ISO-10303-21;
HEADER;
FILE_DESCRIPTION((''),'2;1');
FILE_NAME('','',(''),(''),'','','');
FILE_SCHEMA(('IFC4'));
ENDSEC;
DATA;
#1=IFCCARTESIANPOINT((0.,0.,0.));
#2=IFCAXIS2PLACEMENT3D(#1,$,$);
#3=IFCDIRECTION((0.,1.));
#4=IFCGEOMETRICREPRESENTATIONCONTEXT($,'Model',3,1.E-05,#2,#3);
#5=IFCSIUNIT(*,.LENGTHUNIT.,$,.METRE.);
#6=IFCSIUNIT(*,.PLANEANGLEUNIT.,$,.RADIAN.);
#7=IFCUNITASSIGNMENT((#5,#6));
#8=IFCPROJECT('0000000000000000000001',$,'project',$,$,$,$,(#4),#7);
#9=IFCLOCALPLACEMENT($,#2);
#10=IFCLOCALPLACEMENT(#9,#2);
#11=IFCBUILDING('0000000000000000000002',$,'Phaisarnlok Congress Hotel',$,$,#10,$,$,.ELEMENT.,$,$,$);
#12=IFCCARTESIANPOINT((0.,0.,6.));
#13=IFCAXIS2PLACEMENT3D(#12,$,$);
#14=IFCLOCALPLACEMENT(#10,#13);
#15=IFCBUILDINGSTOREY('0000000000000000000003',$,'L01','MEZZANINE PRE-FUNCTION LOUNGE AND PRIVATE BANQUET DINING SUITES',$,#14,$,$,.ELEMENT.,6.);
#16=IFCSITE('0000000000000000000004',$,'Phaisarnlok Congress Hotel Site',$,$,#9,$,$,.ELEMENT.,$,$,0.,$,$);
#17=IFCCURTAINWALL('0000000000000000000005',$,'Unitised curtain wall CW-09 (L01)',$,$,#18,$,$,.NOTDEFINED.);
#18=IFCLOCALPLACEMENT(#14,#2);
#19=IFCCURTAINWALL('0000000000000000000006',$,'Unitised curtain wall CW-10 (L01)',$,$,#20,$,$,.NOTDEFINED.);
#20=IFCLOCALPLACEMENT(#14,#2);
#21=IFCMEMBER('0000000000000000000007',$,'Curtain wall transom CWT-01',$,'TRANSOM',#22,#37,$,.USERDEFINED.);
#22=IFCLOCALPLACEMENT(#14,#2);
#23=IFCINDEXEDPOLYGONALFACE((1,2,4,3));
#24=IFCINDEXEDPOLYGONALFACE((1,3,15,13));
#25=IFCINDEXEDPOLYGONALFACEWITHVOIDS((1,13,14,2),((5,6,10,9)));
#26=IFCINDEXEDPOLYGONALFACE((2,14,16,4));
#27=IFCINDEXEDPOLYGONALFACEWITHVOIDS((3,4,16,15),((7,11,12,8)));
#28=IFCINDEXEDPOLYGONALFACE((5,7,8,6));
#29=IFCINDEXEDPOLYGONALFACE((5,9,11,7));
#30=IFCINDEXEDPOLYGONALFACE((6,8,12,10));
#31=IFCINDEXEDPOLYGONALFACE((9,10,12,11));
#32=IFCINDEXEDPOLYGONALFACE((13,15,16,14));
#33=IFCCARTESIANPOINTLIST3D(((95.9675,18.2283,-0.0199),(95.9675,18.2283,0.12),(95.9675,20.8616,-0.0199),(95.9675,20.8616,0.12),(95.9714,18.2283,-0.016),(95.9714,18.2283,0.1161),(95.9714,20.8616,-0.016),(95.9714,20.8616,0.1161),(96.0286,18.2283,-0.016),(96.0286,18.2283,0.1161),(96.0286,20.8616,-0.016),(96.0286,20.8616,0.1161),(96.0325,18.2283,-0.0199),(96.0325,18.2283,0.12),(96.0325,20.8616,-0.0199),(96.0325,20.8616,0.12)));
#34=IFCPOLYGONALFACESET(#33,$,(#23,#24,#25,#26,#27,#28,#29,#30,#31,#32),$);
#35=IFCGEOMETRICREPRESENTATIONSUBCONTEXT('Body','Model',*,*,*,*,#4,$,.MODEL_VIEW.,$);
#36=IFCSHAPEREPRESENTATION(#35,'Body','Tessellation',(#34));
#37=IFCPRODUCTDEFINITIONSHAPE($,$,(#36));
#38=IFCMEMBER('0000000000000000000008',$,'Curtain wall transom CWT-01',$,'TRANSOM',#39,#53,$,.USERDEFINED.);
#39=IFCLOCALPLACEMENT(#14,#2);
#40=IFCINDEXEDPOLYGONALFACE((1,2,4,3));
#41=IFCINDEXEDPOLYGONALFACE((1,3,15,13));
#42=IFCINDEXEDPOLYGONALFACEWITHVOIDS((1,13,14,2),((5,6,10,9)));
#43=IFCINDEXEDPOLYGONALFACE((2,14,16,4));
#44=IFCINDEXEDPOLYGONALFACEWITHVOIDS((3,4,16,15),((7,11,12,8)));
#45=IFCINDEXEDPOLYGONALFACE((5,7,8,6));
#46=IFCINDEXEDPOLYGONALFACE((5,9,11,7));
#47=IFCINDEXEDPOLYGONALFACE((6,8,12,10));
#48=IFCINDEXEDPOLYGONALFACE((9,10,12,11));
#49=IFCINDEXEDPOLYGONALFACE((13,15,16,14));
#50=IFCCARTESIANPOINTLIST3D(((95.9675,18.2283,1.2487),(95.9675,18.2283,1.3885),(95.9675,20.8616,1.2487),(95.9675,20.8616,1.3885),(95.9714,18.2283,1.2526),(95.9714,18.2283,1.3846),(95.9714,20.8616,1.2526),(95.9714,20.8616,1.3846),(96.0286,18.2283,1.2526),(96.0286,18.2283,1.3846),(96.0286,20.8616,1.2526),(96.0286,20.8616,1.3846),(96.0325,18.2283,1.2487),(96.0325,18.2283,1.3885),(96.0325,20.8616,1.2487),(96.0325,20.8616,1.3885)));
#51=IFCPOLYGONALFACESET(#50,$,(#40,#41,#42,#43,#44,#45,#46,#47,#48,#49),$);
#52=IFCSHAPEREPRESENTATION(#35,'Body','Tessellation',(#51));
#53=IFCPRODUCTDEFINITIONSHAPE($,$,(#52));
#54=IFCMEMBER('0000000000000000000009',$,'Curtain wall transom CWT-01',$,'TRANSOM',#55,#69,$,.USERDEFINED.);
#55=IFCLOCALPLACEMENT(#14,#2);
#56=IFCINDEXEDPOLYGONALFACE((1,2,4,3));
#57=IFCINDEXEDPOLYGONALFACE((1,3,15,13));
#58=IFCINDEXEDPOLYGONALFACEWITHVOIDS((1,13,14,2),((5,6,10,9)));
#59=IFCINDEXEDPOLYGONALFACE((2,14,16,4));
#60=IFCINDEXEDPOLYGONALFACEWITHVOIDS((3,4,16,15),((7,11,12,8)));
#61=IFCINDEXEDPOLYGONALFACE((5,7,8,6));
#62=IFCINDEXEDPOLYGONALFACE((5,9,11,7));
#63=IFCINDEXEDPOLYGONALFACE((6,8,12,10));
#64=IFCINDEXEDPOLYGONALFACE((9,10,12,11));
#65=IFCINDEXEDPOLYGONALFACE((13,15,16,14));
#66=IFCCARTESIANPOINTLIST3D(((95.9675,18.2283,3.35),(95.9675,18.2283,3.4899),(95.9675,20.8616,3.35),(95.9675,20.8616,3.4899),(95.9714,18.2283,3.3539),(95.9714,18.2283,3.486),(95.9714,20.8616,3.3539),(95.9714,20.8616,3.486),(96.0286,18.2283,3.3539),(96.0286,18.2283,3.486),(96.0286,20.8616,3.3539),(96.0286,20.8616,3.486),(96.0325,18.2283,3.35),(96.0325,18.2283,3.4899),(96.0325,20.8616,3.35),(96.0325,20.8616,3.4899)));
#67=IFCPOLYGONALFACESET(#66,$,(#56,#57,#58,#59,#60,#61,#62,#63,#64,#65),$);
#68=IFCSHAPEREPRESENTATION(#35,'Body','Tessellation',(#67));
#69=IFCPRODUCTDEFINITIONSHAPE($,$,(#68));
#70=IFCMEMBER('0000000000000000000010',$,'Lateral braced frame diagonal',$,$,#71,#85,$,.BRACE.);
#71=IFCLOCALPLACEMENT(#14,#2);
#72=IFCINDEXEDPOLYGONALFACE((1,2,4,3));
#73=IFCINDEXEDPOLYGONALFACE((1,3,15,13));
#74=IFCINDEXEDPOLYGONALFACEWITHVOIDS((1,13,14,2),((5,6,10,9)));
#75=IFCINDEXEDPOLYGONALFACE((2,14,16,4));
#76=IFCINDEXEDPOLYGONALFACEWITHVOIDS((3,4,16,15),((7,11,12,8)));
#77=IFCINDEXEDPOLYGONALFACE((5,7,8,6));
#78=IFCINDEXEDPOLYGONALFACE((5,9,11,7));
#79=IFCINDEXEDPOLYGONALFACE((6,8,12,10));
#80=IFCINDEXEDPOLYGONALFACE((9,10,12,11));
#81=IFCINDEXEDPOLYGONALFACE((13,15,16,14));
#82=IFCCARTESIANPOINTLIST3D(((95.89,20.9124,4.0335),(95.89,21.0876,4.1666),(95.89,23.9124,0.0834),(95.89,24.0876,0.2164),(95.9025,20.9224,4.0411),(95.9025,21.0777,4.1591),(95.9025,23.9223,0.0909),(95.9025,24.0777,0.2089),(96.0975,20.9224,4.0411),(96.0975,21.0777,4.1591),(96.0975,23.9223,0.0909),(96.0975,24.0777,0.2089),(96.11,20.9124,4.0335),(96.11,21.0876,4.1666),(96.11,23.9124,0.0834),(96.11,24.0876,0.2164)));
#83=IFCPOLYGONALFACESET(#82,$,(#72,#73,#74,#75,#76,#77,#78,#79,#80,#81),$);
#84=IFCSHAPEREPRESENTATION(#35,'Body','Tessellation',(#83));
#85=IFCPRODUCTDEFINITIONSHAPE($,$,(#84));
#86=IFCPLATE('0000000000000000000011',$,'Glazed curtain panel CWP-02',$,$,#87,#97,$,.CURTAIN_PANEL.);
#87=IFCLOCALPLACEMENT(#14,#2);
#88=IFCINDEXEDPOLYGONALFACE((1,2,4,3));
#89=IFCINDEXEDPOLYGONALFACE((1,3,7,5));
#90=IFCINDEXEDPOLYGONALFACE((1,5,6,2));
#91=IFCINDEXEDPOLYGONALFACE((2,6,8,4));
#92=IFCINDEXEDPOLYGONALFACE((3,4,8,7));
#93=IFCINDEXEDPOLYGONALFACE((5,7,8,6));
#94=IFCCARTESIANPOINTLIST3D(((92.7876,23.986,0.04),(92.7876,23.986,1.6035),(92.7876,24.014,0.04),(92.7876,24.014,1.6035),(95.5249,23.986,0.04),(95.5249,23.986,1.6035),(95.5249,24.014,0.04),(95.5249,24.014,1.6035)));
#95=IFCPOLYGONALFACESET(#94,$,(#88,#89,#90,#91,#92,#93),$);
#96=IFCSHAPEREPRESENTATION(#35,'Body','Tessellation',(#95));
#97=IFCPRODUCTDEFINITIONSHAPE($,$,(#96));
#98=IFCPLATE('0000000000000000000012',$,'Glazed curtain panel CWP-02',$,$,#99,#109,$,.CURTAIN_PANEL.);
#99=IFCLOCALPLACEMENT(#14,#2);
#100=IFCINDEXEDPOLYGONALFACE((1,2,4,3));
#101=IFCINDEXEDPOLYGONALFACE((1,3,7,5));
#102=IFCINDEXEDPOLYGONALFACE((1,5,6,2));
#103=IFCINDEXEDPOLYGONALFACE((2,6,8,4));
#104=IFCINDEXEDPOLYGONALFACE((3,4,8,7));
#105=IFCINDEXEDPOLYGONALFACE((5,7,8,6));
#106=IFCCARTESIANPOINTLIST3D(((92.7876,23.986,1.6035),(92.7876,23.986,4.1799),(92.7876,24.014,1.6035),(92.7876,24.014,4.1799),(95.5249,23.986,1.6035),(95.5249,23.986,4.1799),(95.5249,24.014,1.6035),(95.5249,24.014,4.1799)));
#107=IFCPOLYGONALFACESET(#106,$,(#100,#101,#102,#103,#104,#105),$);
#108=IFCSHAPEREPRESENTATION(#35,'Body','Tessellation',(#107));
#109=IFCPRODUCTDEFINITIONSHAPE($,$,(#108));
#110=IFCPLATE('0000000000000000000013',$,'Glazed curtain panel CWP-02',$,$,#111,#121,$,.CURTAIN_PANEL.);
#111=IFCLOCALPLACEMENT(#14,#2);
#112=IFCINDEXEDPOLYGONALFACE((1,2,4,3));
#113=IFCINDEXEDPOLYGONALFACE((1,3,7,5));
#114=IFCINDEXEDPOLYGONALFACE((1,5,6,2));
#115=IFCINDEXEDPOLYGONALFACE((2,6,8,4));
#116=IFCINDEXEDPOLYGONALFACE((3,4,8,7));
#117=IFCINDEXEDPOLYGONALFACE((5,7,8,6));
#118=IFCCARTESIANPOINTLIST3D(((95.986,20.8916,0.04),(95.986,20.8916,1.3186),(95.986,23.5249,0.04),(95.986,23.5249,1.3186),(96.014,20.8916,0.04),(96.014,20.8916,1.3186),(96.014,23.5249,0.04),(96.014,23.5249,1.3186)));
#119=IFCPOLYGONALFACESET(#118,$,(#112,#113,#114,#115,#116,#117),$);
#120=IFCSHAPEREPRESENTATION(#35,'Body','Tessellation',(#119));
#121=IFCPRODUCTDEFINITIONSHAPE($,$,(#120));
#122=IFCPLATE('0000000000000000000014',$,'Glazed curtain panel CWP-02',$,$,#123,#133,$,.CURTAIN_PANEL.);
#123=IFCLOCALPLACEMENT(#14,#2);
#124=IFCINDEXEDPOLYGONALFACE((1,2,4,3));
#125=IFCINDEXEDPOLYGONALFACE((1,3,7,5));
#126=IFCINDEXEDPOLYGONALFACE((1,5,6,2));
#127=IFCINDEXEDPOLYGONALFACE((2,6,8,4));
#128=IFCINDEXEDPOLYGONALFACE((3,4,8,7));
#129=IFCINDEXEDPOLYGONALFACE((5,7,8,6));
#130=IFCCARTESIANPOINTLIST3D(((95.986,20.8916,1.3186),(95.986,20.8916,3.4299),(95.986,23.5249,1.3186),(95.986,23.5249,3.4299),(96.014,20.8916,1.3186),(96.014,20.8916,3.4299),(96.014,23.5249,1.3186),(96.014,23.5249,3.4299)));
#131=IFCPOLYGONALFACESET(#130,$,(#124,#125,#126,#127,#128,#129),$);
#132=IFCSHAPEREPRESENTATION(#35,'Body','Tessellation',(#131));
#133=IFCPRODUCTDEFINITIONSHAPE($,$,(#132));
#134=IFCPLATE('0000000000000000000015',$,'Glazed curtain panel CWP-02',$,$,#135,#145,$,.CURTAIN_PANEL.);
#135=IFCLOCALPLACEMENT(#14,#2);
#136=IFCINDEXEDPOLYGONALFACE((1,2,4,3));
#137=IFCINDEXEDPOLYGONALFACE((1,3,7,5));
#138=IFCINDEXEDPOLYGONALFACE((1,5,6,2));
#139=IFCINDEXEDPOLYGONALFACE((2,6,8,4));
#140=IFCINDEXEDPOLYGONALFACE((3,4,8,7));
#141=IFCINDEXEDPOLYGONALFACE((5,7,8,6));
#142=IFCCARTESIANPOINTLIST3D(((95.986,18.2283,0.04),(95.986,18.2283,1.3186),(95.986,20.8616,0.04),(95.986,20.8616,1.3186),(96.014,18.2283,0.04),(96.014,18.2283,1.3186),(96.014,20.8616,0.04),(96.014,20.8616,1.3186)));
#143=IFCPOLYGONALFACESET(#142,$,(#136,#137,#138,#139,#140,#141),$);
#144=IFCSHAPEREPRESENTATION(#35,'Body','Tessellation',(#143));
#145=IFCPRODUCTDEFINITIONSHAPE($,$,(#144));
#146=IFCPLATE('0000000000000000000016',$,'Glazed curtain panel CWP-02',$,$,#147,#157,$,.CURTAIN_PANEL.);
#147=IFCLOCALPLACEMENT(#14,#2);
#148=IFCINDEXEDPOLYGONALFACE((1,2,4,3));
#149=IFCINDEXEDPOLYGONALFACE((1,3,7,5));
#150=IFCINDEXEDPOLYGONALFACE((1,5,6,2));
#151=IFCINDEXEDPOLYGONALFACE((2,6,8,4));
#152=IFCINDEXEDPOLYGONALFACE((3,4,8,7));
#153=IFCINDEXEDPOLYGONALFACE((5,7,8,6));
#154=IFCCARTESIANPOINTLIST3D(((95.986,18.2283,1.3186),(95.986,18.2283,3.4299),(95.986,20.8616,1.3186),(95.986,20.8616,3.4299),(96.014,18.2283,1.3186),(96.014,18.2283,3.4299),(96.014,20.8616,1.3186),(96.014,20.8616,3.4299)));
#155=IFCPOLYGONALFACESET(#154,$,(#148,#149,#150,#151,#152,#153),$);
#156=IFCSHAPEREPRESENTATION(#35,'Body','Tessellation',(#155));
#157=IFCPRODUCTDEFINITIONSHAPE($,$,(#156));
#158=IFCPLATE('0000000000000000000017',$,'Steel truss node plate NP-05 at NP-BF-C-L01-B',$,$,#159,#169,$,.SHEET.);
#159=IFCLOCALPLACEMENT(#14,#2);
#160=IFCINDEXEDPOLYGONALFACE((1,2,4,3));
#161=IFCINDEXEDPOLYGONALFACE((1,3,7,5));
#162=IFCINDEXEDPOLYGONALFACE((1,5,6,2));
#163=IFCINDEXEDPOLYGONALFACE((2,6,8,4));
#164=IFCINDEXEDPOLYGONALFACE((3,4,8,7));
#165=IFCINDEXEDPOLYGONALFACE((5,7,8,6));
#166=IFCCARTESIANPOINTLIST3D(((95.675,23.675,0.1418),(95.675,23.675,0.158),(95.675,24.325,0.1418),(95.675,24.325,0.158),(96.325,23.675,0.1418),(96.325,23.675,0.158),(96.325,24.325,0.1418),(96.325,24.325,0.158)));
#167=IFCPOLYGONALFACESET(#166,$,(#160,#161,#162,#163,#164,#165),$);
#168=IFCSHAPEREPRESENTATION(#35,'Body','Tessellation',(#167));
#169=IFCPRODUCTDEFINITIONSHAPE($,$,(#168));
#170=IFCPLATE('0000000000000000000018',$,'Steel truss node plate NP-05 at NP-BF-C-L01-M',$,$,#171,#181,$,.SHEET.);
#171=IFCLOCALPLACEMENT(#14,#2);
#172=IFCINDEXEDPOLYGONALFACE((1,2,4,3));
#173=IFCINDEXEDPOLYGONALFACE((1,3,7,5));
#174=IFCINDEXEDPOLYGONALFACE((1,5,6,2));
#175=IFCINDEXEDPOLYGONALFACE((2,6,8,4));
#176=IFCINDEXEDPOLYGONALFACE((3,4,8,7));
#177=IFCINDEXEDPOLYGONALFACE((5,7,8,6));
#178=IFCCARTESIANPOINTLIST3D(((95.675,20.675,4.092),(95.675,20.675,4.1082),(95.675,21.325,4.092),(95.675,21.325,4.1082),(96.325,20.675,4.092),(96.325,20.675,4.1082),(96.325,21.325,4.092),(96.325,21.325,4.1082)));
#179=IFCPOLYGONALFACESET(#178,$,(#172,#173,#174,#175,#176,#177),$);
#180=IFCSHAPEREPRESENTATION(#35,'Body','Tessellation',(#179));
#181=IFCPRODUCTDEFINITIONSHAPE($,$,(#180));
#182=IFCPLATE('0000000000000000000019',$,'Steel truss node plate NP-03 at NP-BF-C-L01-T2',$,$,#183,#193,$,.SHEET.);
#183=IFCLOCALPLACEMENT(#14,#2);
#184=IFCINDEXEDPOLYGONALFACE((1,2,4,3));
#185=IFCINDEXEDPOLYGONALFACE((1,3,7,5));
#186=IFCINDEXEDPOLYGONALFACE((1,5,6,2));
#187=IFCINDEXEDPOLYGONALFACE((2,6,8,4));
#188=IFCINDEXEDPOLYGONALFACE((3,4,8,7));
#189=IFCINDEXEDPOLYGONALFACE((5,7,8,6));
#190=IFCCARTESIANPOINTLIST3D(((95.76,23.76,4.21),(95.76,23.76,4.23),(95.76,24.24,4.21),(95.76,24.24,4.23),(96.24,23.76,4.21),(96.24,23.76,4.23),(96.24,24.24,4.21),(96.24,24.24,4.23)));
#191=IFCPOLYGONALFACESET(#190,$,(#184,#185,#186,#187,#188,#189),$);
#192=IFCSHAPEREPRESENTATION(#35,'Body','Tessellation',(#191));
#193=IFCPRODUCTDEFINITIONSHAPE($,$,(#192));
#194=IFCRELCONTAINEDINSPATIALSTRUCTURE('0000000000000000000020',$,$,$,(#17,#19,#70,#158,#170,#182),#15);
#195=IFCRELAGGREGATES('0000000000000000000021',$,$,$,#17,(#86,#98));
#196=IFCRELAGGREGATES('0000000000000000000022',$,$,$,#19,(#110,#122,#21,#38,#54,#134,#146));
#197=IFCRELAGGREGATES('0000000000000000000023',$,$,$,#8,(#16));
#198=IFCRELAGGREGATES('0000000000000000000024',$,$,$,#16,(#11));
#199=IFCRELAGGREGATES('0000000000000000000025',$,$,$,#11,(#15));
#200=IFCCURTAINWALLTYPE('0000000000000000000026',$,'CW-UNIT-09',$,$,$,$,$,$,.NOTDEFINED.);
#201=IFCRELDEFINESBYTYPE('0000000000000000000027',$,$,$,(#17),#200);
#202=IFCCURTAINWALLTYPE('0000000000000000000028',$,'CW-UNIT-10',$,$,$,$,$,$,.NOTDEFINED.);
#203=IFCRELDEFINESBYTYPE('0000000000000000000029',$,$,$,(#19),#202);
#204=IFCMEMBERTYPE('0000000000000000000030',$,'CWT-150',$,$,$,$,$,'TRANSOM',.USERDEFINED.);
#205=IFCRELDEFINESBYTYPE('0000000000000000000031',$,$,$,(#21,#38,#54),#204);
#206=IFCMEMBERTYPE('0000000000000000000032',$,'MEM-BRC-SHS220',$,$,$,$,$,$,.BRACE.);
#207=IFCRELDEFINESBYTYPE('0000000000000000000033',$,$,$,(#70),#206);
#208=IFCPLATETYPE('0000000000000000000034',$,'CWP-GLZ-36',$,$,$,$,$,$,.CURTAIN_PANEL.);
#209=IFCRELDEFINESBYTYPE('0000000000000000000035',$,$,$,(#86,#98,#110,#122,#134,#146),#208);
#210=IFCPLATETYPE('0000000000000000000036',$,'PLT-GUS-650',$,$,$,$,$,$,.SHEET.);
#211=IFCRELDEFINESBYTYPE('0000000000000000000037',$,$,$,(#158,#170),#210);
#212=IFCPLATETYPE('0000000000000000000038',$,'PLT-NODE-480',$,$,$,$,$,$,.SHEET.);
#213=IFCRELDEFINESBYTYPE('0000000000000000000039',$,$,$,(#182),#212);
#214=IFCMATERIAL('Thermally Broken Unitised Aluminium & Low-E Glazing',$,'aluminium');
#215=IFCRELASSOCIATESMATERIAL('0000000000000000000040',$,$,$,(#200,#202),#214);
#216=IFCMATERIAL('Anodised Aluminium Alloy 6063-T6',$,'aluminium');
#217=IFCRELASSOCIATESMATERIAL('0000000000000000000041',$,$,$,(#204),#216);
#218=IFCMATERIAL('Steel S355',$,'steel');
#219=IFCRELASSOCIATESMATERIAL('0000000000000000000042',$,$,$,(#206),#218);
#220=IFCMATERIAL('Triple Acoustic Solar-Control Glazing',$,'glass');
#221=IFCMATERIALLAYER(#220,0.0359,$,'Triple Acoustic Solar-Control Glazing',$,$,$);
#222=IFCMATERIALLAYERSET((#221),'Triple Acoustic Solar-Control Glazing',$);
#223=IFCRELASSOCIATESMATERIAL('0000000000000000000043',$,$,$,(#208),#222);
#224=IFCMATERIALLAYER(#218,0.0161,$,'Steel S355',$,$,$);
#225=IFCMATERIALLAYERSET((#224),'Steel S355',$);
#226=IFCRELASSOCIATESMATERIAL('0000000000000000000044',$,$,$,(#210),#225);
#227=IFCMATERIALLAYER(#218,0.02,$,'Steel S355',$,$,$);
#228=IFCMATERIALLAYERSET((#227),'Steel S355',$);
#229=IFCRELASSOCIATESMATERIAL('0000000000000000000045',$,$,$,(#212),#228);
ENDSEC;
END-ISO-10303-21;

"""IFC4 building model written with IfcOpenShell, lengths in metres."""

from ifc_helpers import new_model, si_unit, direction, frame, frame_2d, origin, origin_2d, place, context, subcontext, project, spatial, rectangle, hollow_rectangle, extrude, material, layer, layer_set, material_profile, profile_set, type_object, element, aggregate, save


model = new_model("IFC4")

# Units and contexts
model_context = context("Model", 3, precision=1e-05, world=origin(), true_north=direction((0.0, 1.0)))
body_context = subcontext(model_context, "Body", "Model", "MODEL_VIEW")
ifc_project = project(units=[si_unit("LENGTHUNIT", "METRE"), si_unit("PLANEANGLEUNIT", "RADIAN")], contexts=[model_context])

# Site, building, storey
site_placement = place(None, origin())
site = spatial("IfcSite", under=ifc_project, at=site_placement, Name="Phaisarnlok Congress Hotel Site", CompositionType="ELEMENT", RefElevation=0.0)
building_placement = place(site_placement, origin())
building = spatial("IfcBuilding", under=site, at=building_placement, Name="Phaisarnlok Congress Hotel", CompositionType="ELEMENT")
storey_placement = place(building_placement, frame((0.0, 0.0, 6.0)))
storey = spatial("IfcBuildingStorey", under=building, at=storey_placement, Name="L01", Description="MEZZANINE PRE-FUNCTION LOUNGE AND PRIVATE BANQUET DINING SUITES", CompositionType="ELEMENT", Elevation=6.0)

# Curtain walls
ifc_material_1 = material(Name="Thermally Broken Unitised Aluminium & Low-E Glazing", Category="aluminium")
curtain_wall_type_1 = type_object("IfcCurtainWallType", Name="CW-UNIT-09", PredefinedType="NOTDEFINED", material=ifc_material_1)
curtain_wall_1_placement = place(storey_placement, origin())
curtain_wall_1 = element("IfcCurtainWall", 1, at=curtain_wall_1_placement, inside=storey, type_object=curtain_wall_type_1, Name="Unitised curtain wall CW-09 (L01)", PredefinedType="NOTDEFINED")
ifc_material_2 = material(Name="Anodised Aluminium Alloy 6063-T6", Category="aluminium")
curtain_wall_type_2 = type_object("IfcCurtainWallType", Name="CW-UNIT-10", PredefinedType="NOTDEFINED", material=ifc_material_1)
curtain_wall_2_placement = place(storey_placement, origin())
curtain_wall_2 = element("IfcCurtainWall", 2, at=curtain_wall_2_placement, inside=storey, type_object=curtain_wall_type_2, Name="Unitised curtain wall CW-10 (L01)", PredefinedType="NOTDEFINED")

# Members
ifc_material_profile_1 = material_profile(ifc_material_2, hollow_rectangle(XDim=0.0649, YDim=0.1399, WallThickness=0.0039, at=origin_2d()), Name="ALU-T 65x140x4")
ifc_profile_set_1 = profile_set([ifc_material_profile_1], Name="Anodised Aluminium Alloy 6063-T6")
member_type_1 = type_object("IfcMemberType", Name="CWT-150", ElementType="TRANSOM", PredefinedType="USERDEFINED", material=ifc_profile_set_1)
member_1_placement = place(storey_placement, frame((96.0, 20.8616, 0.05), z_axis=(0.0, -1.0, 0.0), x_axis=(1.0, 0.0, 0.0)))
member_1 = element("IfcMember", 3, at=member_1_placement, type_object=member_type_1, Name="Curtain wall transom CWT-01", ObjectType="TRANSOM", PredefinedType="USERDEFINED", context=body_context, shape_type="SweptSolid", body=[
    extrude(hollow_rectangle(XDim=0.0649, YDim=0.1399, WallThickness=0.0039, at=origin_2d()), origin(), (0.0, 0.0, 1.0), 2.6333),
])
member_2_placement = place(storey_placement, frame((96.0, 20.8616, 1.3186), z_axis=(0.0, -1.0, 0.0), x_axis=(1.0, 0.0, 0.0)))
member_2 = element("IfcMember", 4, at=member_2_placement, type_object=member_type_1, Name="Curtain wall transom CWT-01", ObjectType="TRANSOM", PredefinedType="USERDEFINED", context=body_context, shape_type="SweptSolid", body=[
    extrude(hollow_rectangle(XDim=0.0649, YDim=0.1399, WallThickness=0.0039, at=origin_2d()), origin(), (0.0, 0.0, 1.0), 2.6333),
])
member_3_placement = place(storey_placement, frame((96.0, 20.8616, 3.4199), z_axis=(0.0, -1.0, 0.0), x_axis=(1.0, 0.0, 0.0)))
member_3 = element("IfcMember", 5, at=member_3_placement, type_object=member_type_1, Name="Curtain wall transom CWT-01", ObjectType="TRANSOM", PredefinedType="USERDEFINED", context=body_context, shape_type="SweptSolid", body=[
    extrude(hollow_rectangle(XDim=0.0649, YDim=0.1399, WallThickness=0.0039, at=origin_2d()), origin(), (0.0, 0.0, 1.0), 2.6333),
])
ifc_material_3 = material(Name="Steel S355", Category="steel")
ifc_material_profile_2 = material_profile(ifc_material_3, hollow_rectangle(XDim=0.22, YDim=0.22, WallThickness=0.0125, at=origin_2d()), Name="SHS 220x220x12.5")
ifc_profile_set_2 = profile_set([ifc_material_profile_2], Name="Steel S355")
member_type_2 = type_object("IfcMemberType", Name="MEM-BRC-SHS220", PredefinedType="BRACE", material=ifc_profile_set_2)
member_4_placement = place(storey_placement, frame((96.0, 24.0, 0.1499), z_axis=(0.0, -0.604809, 0.796371), x_axis=(1.0, 0.0, 0.0)))
element("IfcMember", 6, at=member_4_placement, inside=storey, type_object=member_type_2, Name="Lateral braced frame diagonal", PredefinedType="BRACE", context=body_context, shape_type="SweptSolid", body=[
    extrude(hollow_rectangle(XDim=0.22, YDim=0.22, WallThickness=0.0125, at=origin_2d()), origin(), (0.0, 0.0, 1.0), 4.9602),
])

# Plates
ifc_material_4 = material(Name="Triple Acoustic Solar-Control Glazing", Category="glass")
ifc_layer_1 = layer(ifc_material_4, 0.0359, Name="Triple Acoustic Solar-Control Glazing")
ifc_layer_set_1 = layer_set([ifc_layer_1], Name="Triple Acoustic Solar-Control Glazing")
plate_type_1 = type_object("IfcPlateType", Name="CWP-GLZ-36", PredefinedType="CURTAIN_PANEL", material=ifc_layer_set_1)
plate_1_placement = place(storey_placement, frame((92.7876, 24.0, 0.04), z_axis=(0.0, 0.0, 1.0), x_axis=(1.0, 0.0, 0.0)))
plate_1 = element("IfcPlate", 7, at=plate_1_placement, type_object=plate_type_1, Name="Glazed curtain panel CWP-02", PredefinedType="CURTAIN_PANEL", context=body_context, shape_type="SweptSolid", body=[
    extrude(rectangle(XDim=2.7373, YDim=0.0281, at=frame_2d((1.3687, 0.0))), origin(), (0.0, 0.0, 1.0), 1.5635),
])
plate_2_placement = place(storey_placement, frame((92.7876, 24.0, 1.6035), z_axis=(0.0, 0.0, 1.0), x_axis=(1.0, 0.0, 0.0)))
plate_2 = element("IfcPlate", 8, at=plate_2_placement, type_object=plate_type_1, Name="Glazed curtain panel CWP-02", PredefinedType="CURTAIN_PANEL", context=body_context, shape_type="SweptSolid", body=[
    extrude(rectangle(XDim=2.7373, YDim=0.0281, at=frame_2d((1.3687, 0.0))), origin(), (0.0, 0.0, 1.0), 2.5764),
])
aggregate(curtain_wall_1, [plate_1, plate_2])
plate_3_placement = place(storey_placement, frame((96.0, 23.5249, 0.04), z_axis=(0.0, 0.0, 1.0), x_axis=(0.0, -1.0, 0.0)))
plate_3 = element("IfcPlate", 9, at=plate_3_placement, type_object=plate_type_1, Name="Glazed curtain panel CWP-02", PredefinedType="CURTAIN_PANEL", context=body_context, shape_type="SweptSolid", body=[
    extrude(rectangle(XDim=2.6333, YDim=0.0281, at=frame_2d((1.3167, 0.0))), origin(), (0.0, 0.0, 1.0), 1.2786),
])
plate_4_placement = place(storey_placement, frame((96.0, 23.5249, 1.3186), z_axis=(0.0, 0.0, 1.0), x_axis=(0.0, -1.0, 0.0)))
plate_4 = element("IfcPlate", 10, at=plate_4_placement, type_object=plate_type_1, Name="Glazed curtain panel CWP-02", PredefinedType="CURTAIN_PANEL", context=body_context, shape_type="SweptSolid", body=[
    extrude(rectangle(XDim=2.6333, YDim=0.0281, at=frame_2d((1.3167, 0.0))), origin(), (0.0, 0.0, 1.0), 2.1113),
])
plate_5_placement = place(storey_placement, frame((96.0, 20.8616, 0.04), z_axis=(0.0, 0.0, 1.0), x_axis=(0.0, -1.0, 0.0)))
plate_5 = element("IfcPlate", 11, at=plate_5_placement, type_object=plate_type_1, Name="Glazed curtain panel CWP-02", PredefinedType="CURTAIN_PANEL", context=body_context, shape_type="SweptSolid", body=[
    extrude(rectangle(XDim=2.6333, YDim=0.0281, at=frame_2d((1.3167, 0.0))), origin(), (0.0, 0.0, 1.0), 1.2786),
])
plate_6_placement = place(storey_placement, frame((96.0, 20.8616, 1.3186), z_axis=(0.0, 0.0, 1.0), x_axis=(0.0, -1.0, 0.0)))
plate_6 = element("IfcPlate", 12, at=plate_6_placement, type_object=plate_type_1, Name="Glazed curtain panel CWP-02", PredefinedType="CURTAIN_PANEL", context=body_context, shape_type="SweptSolid", body=[
    extrude(rectangle(XDim=2.6333, YDim=0.0281, at=frame_2d((1.3167, 0.0))), origin(), (0.0, 0.0, 1.0), 2.1113),
])
aggregate(curtain_wall_2, [plate_3, plate_4, member_1, member_2, member_3, plate_5, plate_6])

# Plates
ifc_layer_2 = layer(ifc_material_3, 0.0161, Name="Steel S355")
ifc_layer_set_2 = layer_set([ifc_layer_2], Name="Steel S355")
plate_type_2 = type_object("IfcPlateType", Name="PLT-GUS-650", PredefinedType="SHEET", material=ifc_layer_set_2)
for number, where, z_axis, x_axis, name in (
    (13, (96.0, 24.0, 0.1418), (0.0, 0.0, 1.0), (1.0, 0.0, 0.0), "Steel truss node plate NP-05 at NP-BF-C-L01-B"),
    (14, (96.0, 21.0, 4.092), (0.0, 0.0, 1.0), (1.0, 0.0, 0.0), "Steel truss node plate NP-05 at NP-BF-C-L01-M"),
):
    element("IfcPlate", number, at=place(storey_placement, frame(where, z_axis=z_axis, x_axis=x_axis)), inside=storey, type_object=plate_type_2, Name=name, PredefinedType="SHEET", context=body_context, shape_type="SweptSolid", body=[
        extrude(rectangle(XDim=0.6499, YDim=0.6499, at=origin_2d()), origin(), (0.0, 0.0, 1.0), 0.0161),
    ])
ifc_layer_3 = layer(ifc_material_3, 0.02, Name="Steel S355")
ifc_layer_set_3 = layer_set([ifc_layer_3], Name="Steel S355")
plate_type_3 = type_object("IfcPlateType", Name="PLT-NODE-480", PredefinedType="SHEET", material=ifc_layer_set_3)
plate_7_placement = place(storey_placement, frame((96.0, 24.0, 4.21), z_axis=(0.0, 0.0, 1.0), x_axis=(1.0, 0.0, 0.0)))
element("IfcPlate", 15, at=plate_7_placement, inside=storey, type_object=plate_type_3, Name="Steel truss node plate NP-03 at NP-BF-C-L01-T2", PredefinedType="SHEET", context=body_context, shape_type="SweptSolid", body=[
    extrude(rectangle(XDim=0.48, YDim=0.48, at=origin_2d()), origin(), (0.0, 0.0, 1.0), 0.02),
])

save(model, "model.ifc")
